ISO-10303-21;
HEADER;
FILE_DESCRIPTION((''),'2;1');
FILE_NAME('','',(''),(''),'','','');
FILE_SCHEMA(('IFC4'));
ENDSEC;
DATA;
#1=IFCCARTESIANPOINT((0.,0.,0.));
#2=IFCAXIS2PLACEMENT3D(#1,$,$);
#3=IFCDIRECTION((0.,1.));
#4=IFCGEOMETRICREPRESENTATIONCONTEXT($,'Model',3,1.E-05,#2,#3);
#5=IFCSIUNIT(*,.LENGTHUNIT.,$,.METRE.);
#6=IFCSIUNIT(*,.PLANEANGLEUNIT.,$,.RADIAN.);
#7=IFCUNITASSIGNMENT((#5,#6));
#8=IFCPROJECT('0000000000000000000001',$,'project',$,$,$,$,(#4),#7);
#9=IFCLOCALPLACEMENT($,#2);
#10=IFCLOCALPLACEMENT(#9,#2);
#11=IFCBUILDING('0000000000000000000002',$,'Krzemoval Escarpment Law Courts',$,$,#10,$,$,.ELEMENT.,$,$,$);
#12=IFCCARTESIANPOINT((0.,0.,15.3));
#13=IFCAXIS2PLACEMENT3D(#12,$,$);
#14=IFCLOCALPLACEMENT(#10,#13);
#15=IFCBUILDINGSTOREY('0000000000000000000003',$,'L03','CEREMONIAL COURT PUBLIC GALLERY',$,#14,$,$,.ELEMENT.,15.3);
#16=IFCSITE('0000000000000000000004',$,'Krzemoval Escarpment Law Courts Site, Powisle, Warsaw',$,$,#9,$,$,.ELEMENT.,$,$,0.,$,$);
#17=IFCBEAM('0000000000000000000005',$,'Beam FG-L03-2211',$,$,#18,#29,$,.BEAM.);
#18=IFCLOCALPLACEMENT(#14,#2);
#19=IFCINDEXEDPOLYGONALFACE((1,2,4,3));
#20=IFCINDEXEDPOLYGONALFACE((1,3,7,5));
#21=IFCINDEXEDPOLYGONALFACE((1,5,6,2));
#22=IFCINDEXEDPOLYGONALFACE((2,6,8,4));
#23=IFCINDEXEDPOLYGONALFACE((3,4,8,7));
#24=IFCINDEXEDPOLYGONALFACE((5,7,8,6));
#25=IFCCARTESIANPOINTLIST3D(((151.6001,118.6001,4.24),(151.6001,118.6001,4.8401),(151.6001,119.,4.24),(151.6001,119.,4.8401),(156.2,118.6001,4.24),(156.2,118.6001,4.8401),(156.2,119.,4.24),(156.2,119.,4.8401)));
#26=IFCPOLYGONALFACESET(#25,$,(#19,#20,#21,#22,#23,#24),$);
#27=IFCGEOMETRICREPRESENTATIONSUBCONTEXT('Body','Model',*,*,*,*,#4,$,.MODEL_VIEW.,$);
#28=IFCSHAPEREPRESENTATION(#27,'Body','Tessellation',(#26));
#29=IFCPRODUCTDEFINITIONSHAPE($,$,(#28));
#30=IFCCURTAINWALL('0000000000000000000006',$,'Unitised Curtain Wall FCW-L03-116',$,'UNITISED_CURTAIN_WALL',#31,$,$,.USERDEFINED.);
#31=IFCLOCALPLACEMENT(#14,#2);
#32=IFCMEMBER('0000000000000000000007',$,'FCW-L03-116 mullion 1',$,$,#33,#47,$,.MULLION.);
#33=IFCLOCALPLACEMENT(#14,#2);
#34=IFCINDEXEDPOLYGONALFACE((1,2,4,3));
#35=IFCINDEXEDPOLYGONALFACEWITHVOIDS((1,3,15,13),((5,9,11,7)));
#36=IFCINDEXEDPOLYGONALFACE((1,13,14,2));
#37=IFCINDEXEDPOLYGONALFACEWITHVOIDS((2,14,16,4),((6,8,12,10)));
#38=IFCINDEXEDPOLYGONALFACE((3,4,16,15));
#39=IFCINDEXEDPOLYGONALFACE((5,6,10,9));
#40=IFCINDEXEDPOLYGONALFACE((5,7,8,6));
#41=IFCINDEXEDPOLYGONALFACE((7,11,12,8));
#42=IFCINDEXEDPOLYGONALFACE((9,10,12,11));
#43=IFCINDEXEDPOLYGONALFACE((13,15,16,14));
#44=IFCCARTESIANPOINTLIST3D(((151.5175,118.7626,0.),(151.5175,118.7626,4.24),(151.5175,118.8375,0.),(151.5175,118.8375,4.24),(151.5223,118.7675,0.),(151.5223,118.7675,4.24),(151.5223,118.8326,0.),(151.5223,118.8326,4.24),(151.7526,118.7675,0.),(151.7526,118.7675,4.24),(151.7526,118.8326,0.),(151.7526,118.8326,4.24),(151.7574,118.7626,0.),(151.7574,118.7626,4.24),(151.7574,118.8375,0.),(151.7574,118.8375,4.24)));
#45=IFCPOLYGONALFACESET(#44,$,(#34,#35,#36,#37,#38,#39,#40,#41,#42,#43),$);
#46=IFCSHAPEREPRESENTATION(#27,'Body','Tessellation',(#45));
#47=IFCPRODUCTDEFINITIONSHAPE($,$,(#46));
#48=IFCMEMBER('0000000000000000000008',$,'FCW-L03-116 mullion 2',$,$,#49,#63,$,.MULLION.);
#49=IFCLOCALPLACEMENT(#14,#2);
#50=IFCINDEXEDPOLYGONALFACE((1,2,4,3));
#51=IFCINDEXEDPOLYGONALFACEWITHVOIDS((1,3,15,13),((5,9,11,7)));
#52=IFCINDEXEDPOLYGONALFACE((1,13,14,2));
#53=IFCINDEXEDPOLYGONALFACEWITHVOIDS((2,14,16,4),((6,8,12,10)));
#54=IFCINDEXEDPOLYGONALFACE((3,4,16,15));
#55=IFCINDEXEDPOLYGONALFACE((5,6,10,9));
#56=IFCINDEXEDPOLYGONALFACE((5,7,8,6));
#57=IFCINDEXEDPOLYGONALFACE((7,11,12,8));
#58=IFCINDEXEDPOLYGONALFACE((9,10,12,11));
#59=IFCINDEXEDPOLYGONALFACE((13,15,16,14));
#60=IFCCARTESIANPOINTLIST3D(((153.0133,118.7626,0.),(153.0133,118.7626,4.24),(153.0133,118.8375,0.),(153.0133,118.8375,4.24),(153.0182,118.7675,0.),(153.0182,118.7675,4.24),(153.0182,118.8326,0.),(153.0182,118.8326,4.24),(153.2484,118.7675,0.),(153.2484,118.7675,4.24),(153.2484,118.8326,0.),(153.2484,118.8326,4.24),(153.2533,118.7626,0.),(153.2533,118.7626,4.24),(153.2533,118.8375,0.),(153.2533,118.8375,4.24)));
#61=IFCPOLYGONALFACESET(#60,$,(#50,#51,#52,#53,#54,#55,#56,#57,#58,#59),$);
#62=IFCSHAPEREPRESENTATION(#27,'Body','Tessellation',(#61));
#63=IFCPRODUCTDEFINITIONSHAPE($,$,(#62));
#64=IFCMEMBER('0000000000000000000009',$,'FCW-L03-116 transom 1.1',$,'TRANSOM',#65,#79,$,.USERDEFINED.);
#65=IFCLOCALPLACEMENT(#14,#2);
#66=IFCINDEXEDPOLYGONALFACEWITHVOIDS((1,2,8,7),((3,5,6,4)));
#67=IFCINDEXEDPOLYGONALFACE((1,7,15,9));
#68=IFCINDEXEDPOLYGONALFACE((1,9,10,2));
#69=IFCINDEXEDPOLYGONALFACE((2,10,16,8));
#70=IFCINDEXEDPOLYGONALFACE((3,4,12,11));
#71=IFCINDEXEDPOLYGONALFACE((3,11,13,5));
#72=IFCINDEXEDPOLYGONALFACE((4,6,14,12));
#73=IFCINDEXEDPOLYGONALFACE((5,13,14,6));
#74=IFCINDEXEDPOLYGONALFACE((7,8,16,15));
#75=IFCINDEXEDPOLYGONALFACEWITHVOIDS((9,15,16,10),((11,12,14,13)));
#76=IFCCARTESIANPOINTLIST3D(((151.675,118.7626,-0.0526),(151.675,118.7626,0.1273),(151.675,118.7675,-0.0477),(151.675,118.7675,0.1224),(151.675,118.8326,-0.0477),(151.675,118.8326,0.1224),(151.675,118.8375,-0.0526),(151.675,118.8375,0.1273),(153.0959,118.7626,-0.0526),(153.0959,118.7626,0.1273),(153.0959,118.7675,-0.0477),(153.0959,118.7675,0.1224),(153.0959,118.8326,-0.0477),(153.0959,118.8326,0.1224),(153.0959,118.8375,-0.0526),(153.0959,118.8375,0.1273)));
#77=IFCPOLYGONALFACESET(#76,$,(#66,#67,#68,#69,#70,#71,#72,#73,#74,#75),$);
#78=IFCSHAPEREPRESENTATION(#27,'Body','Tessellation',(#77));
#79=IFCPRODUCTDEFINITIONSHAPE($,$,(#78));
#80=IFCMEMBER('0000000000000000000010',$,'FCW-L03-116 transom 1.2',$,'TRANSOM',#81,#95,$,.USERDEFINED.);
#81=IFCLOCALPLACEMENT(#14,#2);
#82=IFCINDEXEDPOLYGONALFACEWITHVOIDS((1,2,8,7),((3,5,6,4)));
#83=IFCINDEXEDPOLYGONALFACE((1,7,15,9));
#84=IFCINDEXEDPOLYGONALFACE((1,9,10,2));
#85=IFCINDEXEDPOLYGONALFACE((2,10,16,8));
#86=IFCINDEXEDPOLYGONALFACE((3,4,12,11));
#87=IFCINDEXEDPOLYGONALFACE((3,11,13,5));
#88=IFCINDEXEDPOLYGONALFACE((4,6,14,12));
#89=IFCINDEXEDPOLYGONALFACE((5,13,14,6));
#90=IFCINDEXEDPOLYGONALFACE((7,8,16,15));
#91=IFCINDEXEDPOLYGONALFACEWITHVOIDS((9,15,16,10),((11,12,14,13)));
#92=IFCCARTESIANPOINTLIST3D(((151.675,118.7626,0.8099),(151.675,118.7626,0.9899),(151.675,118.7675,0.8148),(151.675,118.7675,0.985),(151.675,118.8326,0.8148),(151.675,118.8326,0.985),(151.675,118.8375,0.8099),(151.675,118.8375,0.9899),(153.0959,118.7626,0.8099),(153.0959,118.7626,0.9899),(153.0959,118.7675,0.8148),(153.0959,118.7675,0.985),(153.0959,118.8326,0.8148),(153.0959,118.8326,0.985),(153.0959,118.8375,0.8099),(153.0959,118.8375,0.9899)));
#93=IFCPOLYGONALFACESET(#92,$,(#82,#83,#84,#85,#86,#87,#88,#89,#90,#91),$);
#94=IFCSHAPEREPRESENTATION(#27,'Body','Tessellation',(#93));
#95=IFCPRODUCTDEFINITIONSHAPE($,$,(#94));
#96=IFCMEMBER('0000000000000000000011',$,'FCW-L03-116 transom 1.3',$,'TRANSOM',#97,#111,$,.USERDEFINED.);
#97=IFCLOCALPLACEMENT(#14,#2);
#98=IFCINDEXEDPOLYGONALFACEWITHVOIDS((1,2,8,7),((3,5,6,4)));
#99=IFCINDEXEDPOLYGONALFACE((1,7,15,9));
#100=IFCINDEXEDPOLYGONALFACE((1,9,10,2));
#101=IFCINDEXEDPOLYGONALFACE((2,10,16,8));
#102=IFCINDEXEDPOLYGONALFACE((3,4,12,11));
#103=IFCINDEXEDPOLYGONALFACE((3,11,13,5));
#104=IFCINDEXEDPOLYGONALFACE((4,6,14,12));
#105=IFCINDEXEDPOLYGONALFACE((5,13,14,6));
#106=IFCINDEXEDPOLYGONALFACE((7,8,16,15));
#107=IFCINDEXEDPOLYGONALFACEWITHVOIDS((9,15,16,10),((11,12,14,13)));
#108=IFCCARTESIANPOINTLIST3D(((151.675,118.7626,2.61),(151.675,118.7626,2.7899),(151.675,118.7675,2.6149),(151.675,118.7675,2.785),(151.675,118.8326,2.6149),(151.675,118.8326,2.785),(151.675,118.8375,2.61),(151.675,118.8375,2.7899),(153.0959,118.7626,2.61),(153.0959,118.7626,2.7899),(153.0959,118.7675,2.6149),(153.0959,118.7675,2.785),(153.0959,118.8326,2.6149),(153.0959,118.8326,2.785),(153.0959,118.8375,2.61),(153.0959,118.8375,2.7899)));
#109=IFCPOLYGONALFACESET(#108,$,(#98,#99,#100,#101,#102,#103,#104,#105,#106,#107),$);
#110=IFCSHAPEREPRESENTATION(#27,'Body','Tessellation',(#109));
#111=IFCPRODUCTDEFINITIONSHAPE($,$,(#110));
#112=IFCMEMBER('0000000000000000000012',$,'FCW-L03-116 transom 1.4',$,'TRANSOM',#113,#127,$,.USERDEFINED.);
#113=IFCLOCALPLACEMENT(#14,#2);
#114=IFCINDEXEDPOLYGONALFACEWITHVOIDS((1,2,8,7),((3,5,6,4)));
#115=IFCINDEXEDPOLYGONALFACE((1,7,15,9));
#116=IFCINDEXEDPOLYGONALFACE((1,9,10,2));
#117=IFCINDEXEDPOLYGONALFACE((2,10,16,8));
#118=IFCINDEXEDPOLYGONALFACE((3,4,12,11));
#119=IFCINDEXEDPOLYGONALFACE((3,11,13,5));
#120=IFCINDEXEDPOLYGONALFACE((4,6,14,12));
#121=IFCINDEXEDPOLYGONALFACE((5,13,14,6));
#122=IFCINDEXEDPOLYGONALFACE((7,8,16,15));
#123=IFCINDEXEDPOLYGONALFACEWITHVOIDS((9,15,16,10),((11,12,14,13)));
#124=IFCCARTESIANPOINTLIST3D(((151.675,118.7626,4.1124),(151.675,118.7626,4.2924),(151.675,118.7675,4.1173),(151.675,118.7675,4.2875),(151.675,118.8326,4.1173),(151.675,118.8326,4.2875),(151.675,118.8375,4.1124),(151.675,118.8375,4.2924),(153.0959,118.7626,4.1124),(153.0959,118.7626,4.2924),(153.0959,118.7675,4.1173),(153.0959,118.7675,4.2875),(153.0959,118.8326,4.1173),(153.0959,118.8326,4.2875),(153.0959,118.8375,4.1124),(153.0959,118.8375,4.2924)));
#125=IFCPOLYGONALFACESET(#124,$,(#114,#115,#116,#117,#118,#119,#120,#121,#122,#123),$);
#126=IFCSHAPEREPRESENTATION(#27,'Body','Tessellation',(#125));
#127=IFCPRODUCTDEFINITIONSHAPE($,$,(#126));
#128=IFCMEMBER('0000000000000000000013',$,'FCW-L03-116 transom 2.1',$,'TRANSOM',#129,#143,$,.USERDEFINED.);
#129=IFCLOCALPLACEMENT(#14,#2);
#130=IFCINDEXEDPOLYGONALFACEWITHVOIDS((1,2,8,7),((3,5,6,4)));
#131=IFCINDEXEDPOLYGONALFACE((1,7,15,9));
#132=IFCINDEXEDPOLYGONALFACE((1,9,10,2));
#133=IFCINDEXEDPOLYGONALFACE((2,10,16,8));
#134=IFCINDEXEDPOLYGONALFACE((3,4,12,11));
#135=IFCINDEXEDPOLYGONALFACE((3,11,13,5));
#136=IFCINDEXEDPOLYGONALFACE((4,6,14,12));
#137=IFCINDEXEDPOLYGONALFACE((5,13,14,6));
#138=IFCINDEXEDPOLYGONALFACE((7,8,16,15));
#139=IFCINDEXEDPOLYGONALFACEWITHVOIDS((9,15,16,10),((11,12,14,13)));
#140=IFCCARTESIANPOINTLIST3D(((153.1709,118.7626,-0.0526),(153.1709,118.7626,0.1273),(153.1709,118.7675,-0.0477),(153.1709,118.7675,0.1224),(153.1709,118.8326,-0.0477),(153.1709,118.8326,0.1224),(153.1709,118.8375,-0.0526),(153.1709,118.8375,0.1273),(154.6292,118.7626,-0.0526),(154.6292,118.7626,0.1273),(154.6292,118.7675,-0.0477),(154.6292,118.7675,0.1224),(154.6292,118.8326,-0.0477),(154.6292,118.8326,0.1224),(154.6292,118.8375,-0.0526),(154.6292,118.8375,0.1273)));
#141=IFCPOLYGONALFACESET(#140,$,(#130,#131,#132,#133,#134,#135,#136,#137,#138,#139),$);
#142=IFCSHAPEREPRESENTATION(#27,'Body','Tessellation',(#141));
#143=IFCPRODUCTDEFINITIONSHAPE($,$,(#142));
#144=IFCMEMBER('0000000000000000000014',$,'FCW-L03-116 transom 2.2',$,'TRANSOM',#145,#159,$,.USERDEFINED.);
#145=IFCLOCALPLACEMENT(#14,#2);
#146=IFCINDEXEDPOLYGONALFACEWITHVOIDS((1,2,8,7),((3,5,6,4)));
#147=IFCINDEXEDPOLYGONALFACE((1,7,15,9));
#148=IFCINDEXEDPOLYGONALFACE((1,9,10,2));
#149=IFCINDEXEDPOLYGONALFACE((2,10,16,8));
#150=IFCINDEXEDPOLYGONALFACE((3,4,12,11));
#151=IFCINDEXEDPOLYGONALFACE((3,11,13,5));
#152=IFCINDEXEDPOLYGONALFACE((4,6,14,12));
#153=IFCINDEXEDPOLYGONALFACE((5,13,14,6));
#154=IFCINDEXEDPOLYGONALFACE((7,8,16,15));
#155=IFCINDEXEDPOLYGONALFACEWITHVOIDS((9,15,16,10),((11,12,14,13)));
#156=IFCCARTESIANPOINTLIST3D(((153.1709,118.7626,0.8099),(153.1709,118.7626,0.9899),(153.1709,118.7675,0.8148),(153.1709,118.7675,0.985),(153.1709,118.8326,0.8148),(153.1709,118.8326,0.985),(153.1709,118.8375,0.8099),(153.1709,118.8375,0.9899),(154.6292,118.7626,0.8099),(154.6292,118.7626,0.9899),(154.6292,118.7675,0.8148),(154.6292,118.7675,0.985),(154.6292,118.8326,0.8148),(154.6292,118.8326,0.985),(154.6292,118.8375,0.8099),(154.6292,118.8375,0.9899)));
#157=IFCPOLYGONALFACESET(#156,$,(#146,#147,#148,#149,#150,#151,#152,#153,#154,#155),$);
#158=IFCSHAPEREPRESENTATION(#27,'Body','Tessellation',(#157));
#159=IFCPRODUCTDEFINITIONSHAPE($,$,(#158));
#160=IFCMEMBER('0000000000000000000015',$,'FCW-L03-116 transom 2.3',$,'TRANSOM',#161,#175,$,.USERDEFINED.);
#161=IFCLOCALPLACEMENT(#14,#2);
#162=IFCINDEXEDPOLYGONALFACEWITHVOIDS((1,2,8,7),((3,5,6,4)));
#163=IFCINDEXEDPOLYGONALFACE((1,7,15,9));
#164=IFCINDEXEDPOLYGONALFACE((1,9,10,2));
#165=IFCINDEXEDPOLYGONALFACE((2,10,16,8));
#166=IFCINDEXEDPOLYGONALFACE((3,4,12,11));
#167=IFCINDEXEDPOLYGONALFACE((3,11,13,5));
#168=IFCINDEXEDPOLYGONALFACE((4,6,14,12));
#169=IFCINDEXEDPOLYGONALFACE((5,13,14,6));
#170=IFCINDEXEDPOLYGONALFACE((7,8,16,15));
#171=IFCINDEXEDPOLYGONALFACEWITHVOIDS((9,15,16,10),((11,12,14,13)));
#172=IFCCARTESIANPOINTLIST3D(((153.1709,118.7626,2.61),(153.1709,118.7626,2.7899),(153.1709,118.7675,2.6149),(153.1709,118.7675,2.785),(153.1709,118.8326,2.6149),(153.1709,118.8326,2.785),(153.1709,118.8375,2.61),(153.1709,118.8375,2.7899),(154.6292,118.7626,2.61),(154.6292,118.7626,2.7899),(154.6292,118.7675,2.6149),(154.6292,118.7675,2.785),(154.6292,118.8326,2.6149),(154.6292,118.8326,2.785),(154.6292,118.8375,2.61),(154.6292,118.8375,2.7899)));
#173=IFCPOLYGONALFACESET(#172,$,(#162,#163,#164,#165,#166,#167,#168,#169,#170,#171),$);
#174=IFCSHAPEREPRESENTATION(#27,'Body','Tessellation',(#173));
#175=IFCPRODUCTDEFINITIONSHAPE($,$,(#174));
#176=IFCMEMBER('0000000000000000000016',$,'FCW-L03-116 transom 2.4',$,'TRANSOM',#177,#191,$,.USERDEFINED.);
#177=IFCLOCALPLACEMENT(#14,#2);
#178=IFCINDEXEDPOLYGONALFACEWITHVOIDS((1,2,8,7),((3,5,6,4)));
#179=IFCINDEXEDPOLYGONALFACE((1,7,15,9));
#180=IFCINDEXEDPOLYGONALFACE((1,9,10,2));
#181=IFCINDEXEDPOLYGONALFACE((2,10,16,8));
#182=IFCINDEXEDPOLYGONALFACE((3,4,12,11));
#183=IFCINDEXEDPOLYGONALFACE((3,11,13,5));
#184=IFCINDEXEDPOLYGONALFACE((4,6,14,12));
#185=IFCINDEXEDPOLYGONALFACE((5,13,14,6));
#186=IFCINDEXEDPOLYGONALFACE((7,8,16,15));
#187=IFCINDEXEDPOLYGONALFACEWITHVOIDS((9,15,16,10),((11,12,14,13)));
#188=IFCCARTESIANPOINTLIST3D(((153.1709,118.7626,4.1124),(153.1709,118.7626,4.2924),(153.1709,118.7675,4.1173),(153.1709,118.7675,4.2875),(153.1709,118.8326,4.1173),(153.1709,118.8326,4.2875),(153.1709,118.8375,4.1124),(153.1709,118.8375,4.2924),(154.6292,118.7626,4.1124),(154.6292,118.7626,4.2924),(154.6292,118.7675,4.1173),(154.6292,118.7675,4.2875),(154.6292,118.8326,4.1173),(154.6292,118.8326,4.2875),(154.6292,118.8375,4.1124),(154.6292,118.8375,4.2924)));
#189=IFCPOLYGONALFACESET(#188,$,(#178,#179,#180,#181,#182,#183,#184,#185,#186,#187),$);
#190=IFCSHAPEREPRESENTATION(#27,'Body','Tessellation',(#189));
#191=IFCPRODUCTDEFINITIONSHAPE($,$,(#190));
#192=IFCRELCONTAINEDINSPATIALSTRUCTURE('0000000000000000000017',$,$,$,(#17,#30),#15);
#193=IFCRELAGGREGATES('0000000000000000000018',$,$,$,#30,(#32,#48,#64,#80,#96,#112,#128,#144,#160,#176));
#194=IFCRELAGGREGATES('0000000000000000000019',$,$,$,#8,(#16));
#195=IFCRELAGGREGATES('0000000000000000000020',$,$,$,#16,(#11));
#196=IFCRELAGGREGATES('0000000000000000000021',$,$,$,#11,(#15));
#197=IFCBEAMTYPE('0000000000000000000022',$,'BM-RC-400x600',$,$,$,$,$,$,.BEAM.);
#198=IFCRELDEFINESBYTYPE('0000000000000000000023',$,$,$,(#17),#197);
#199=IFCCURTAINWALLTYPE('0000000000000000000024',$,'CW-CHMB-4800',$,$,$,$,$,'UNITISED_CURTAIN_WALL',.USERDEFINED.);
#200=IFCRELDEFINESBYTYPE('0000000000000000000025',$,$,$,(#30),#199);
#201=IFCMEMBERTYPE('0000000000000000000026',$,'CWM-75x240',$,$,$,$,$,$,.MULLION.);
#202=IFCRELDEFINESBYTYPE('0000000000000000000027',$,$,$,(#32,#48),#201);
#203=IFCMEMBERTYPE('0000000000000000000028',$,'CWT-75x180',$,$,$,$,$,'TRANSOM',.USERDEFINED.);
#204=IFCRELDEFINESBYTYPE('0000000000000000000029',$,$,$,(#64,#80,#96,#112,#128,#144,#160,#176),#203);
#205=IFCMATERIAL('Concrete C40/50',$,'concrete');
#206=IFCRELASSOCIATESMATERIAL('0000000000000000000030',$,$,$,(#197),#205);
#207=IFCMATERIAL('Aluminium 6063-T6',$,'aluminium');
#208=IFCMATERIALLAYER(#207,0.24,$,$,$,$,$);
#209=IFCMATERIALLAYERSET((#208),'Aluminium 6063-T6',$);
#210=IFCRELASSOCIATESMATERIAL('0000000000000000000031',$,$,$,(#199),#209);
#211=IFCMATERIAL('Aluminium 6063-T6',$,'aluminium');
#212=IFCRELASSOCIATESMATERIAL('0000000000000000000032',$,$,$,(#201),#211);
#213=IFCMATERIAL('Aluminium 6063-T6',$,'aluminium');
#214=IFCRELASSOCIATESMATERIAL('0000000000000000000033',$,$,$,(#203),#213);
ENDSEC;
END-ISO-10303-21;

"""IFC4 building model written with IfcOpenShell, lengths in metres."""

from ifc_helpers import new_model, si_unit, direction, frame, origin, origin_2d, place, context, subcontext, project, spatial, rectangle, hollow_rectangle, extrude, material, layer, layer_set, material_profile, profile_set, type_object, element, aggregate, save


model = new_model("IFC4")

# Units and contexts
model_context = context("Model", 3, precision=1e-05, world=origin(), true_north=direction((0.0, 1.0)))
body_context = subcontext(model_context, "Body", "Model", "MODEL_VIEW")
ifc_project = project(units=[si_unit("LENGTHUNIT", "METRE"), si_unit("PLANEANGLEUNIT", "RADIAN")], contexts=[model_context])

# Site, building, storey
site_placement = place(None, origin())
site = spatial("IfcSite", under=ifc_project, at=site_placement, Name="Krzemoval Escarpment Law Courts Site, Powisle, Warsaw", CompositionType="ELEMENT", RefElevation=0.0)
building_placement = place(site_placement, origin())
building = spatial("IfcBuilding", under=site, at=building_placement, Name="Krzemoval Escarpment Law Courts", CompositionType="ELEMENT")
storey_placement = place(building_placement, frame((0.0, 0.0, 15.3)))
storey = spatial("IfcBuildingStorey", under=building, at=storey_placement, Name="L03", Description="CEREMONIAL COURT PUBLIC GALLERY", CompositionType="ELEMENT", Elevation=15.3)

# Beam
ifc_material_1 = material(Name="Concrete C40/50", Category="concrete")
ifc_material_profile_1 = material_profile(ifc_material_1, rectangle(XDim=0.3999, YDim=0.6001, at=origin_2d()), Name="RCB 400x600")
ifc_profile_set_1 = profile_set([ifc_material_profile_1], Name="Concrete C40/50")
beam_type_1 = type_object("IfcBeamType", Name="BM-RC-400x600", PredefinedType="BEAM", material=ifc_profile_set_1)
beam_1_placement = place(storey_placement, frame((151.6001, 118.8, 4.54), z_axis=(1.0, 0.0, 0.0), x_axis=(0.0, 1.0, 0.0)))
element("IfcBeam", 1, at=beam_1_placement, inside=storey, type_object=beam_type_1, Name="Beam FG-L03-2211", PredefinedType="BEAM", context=body_context, shape_type="SweptSolid", body=[
    extrude(rectangle(XDim=0.3999, YDim=0.6001, at=origin_2d()), origin(), (0.0, 0.0, 1.0), 4.5999),
])

# Curtain wall, members
ifc_material_2 = material(Name="Aluminium 6063-T6", Category="aluminium")
ifc_layer_1 = layer(ifc_material_2, 0.24)
ifc_layer_set_1 = layer_set([ifc_layer_1], Name="Aluminium 6063-T6")
curtain_wall_type = type_object("IfcCurtainWallType", Name="CW-CHMB-4800", ElementType="UNITISED_CURTAIN_WALL", PredefinedType="USERDEFINED", material=ifc_layer_set_1)
curtain_wall_placement = place(storey_placement, origin())
curtain_wall = element("IfcCurtainWall", 2, at=curtain_wall_placement, inside=storey, type_object=curtain_wall_type, Name="Unitised Curtain Wall FCW-L03-116", ObjectType="UNITISED_CURTAIN_WALL", PredefinedType="USERDEFINED")
ifc_material_3 = material(Name="Aluminium 6063-T6", Category="aluminium")
ifc_material_profile_2 = material_profile(ifc_material_3, hollow_rectangle(XDim=0.075, YDim=0.24, WallThickness=0.0049, at=origin_2d()), Name="ALU M75x240")
ifc_profile_set_2 = profile_set([ifc_material_profile_2], Name="Aluminium 6063-T6")
member_type_1 = type_object("IfcMemberType", Name="CWM-75x240", PredefinedType="MULLION", material=ifc_profile_set_2)
member_1_placement = place(storey_placement, frame((151.6375, 118.8, 0.0), z_axis=(0.0, 0.0, 1.0), x_axis=(0.0, 1.0, 0.0)))
member_1 = element("IfcMember", 3, at=member_1_placement, type_object=member_type_1, Name="FCW-L03-116 mullion 1", PredefinedType="MULLION", context=body_context, shape_type="SweptSolid", body=[
    extrude(hollow_rectangle(XDim=0.075, YDim=0.24, WallThickness=0.0049, at=origin_2d()), origin(), (0.0, 0.0, 1.0), 4.24),
])
member_2_placement = place(storey_placement, frame((153.1333, 118.8, 0.0), z_axis=(0.0, 0.0, 1.0), x_axis=(0.0, 1.0, 0.0)))
member_2 = element("IfcMember", 4, at=member_2_placement, type_object=member_type_1, Name="FCW-L03-116 mullion 2", PredefinedType="MULLION", context=body_context, shape_type="SweptSolid", body=[
    extrude(hollow_rectangle(XDim=0.075, YDim=0.24, WallThickness=0.0049, at=origin_2d()), origin(), (0.0, 0.0, 1.0), 4.24),
])
ifc_material_4 = material(Name="Aluminium 6063-T6", Category="aluminium")
ifc_material_profile_3 = material_profile(ifc_material_4, hollow_rectangle(XDim=0.075, YDim=0.1799, WallThickness=0.0049, at=origin_2d()), Name="ALU T75x180")
ifc_profile_set_3 = profile_set([ifc_material_profile_3], Name="Aluminium 6063-T6")
member_type_2 = type_object("IfcMemberType", Name="CWT-75x180", ElementType="TRANSOM", PredefinedType="USERDEFINED", material=ifc_profile_set_3)
member_3_placement = place(storey_placement, frame((151.675, 118.8, 0.0374), z_axis=(1.0, 0.0, 0.0), x_axis=(0.0, 1.0, 0.0)))
member_3 = element("IfcMember", 5, at=member_3_placement, type_object=member_type_2, Name="FCW-L03-116 transom 1.1", ObjectType="TRANSOM", PredefinedType="USERDEFINED", context=body_context, shape_type="SweptSolid", body=[
    extrude(hollow_rectangle(XDim=0.075, YDim=0.1799, WallThickness=0.0049, at=origin_2d()), origin(), (0.0, 0.0, 1.0), 1.4209),
])
member_4_placement = place(storey_placement, frame((151.675, 118.8, 0.8999), z_axis=(1.0, 0.0, 0.0), x_axis=(0.0, 1.0, 0.0)))
member_4 = element("IfcMember", 6, at=member_4_placement, type_object=member_type_2, Name="FCW-L03-116 transom 1.2", ObjectType="TRANSOM", PredefinedType="USERDEFINED", context=body_context, shape_type="SweptSolid", body=[
    extrude(hollow_rectangle(XDim=0.075, YDim=0.1799, WallThickness=0.0049, at=origin_2d()), origin(), (0.0, 0.0, 1.0), 1.4209),
])
member_5_placement = place(storey_placement, frame((151.675, 118.8, 2.7), z_axis=(1.0, 0.0, 0.0), x_axis=(0.0, 1.0, 0.0)))
member_5 = element("IfcMember", 7, at=member_5_placement, type_object=member_type_2, Name="FCW-L03-116 transom 1.3", ObjectType="TRANSOM", PredefinedType="USERDEFINED", context=body_context, shape_type="SweptSolid", body=[
    extrude(hollow_rectangle(XDim=0.075, YDim=0.1799, WallThickness=0.0049, at=origin_2d()), origin(), (0.0, 0.0, 1.0), 1.4209),
])
member_6_placement = place(storey_placement, frame((151.675, 118.8, 4.2024), z_axis=(1.0, 0.0, 0.0), x_axis=(0.0, 1.0, 0.0)))
member_6 = element("IfcMember", 8, at=member_6_placement, type_object=member_type_2, Name="FCW-L03-116 transom 1.4", ObjectType="TRANSOM", PredefinedType="USERDEFINED", context=body_context, shape_type="SweptSolid", body=[
    extrude(hollow_rectangle(XDim=0.075, YDim=0.1799, WallThickness=0.0049, at=origin_2d()), origin(), (0.0, 0.0, 1.0), 1.4209),
])
member_7_placement = place(storey_placement, frame((153.1709, 118.8, 0.0374), z_axis=(1.0, 0.0, 0.0), x_axis=(0.0, 1.0, 0.0)))
member_7 = element("IfcMember", 9, at=member_7_placement, type_object=member_type_2, Name="FCW-L03-116 transom 2.1", ObjectType="TRANSOM", PredefinedType="USERDEFINED", context=body_context, shape_type="SweptSolid", body=[
    extrude(hollow_rectangle(XDim=0.075, YDim=0.1799, WallThickness=0.0049, at=origin_2d()), origin(), (0.0, 0.0, 1.0), 1.4583),
])
member_8_placement = place(storey_placement, frame((153.1709, 118.8, 0.8999), z_axis=(1.0, 0.0, 0.0), x_axis=(0.0, 1.0, 0.0)))
member_8 = element("IfcMember", 10, at=member_8_placement, type_object=member_type_2, Name="FCW-L03-116 transom 2.2", ObjectType="TRANSOM", PredefinedType="USERDEFINED", context=body_context, shape_type="SweptSolid", body=[
    extrude(hollow_rectangle(XDim=0.075, YDim=0.1799, WallThickness=0.0049, at=origin_2d()), origin(), (0.0, 0.0, 1.0), 1.4583),
])
member_9_placement = place(storey_placement, frame((153.1709, 118.8, 2.7), z_axis=(1.0, 0.0, 0.0), x_axis=(0.0, 1.0, 0.0)))
member_9 = element("IfcMember", 11, at=member_9_placement, type_object=member_type_2, Name="FCW-L03-116 transom 2.3", ObjectType="TRANSOM", PredefinedType="USERDEFINED", context=body_context, shape_type="SweptSolid", body=[
    extrude(hollow_rectangle(XDim=0.075, YDim=0.1799, WallThickness=0.0049, at=origin_2d()), origin(), (0.0, 0.0, 1.0), 1.4583),
])
member_10_placement = place(storey_placement, frame((153.1709, 118.8, 4.2024), z_axis=(1.0, 0.0, 0.0), x_axis=(0.0, 1.0, 0.0)))
member_10 = element("IfcMember", 12, at=member_10_placement, type_object=member_type_2, Name="FCW-L03-116 transom 2.4", ObjectType="TRANSOM", PredefinedType="USERDEFINED", context=body_context, shape_type="SweptSolid", body=[
    extrude(hollow_rectangle(XDim=0.075, YDim=0.1799, WallThickness=0.0049, at=origin_2d()), origin(), (0.0, 0.0, 1.0), 1.4583),
])
aggregate(curtain_wall, [member_1, member_2, member_3, member_4, member_5, member_6, member_7, member_8, member_9, member_10])

save(model, "model.ifc")
